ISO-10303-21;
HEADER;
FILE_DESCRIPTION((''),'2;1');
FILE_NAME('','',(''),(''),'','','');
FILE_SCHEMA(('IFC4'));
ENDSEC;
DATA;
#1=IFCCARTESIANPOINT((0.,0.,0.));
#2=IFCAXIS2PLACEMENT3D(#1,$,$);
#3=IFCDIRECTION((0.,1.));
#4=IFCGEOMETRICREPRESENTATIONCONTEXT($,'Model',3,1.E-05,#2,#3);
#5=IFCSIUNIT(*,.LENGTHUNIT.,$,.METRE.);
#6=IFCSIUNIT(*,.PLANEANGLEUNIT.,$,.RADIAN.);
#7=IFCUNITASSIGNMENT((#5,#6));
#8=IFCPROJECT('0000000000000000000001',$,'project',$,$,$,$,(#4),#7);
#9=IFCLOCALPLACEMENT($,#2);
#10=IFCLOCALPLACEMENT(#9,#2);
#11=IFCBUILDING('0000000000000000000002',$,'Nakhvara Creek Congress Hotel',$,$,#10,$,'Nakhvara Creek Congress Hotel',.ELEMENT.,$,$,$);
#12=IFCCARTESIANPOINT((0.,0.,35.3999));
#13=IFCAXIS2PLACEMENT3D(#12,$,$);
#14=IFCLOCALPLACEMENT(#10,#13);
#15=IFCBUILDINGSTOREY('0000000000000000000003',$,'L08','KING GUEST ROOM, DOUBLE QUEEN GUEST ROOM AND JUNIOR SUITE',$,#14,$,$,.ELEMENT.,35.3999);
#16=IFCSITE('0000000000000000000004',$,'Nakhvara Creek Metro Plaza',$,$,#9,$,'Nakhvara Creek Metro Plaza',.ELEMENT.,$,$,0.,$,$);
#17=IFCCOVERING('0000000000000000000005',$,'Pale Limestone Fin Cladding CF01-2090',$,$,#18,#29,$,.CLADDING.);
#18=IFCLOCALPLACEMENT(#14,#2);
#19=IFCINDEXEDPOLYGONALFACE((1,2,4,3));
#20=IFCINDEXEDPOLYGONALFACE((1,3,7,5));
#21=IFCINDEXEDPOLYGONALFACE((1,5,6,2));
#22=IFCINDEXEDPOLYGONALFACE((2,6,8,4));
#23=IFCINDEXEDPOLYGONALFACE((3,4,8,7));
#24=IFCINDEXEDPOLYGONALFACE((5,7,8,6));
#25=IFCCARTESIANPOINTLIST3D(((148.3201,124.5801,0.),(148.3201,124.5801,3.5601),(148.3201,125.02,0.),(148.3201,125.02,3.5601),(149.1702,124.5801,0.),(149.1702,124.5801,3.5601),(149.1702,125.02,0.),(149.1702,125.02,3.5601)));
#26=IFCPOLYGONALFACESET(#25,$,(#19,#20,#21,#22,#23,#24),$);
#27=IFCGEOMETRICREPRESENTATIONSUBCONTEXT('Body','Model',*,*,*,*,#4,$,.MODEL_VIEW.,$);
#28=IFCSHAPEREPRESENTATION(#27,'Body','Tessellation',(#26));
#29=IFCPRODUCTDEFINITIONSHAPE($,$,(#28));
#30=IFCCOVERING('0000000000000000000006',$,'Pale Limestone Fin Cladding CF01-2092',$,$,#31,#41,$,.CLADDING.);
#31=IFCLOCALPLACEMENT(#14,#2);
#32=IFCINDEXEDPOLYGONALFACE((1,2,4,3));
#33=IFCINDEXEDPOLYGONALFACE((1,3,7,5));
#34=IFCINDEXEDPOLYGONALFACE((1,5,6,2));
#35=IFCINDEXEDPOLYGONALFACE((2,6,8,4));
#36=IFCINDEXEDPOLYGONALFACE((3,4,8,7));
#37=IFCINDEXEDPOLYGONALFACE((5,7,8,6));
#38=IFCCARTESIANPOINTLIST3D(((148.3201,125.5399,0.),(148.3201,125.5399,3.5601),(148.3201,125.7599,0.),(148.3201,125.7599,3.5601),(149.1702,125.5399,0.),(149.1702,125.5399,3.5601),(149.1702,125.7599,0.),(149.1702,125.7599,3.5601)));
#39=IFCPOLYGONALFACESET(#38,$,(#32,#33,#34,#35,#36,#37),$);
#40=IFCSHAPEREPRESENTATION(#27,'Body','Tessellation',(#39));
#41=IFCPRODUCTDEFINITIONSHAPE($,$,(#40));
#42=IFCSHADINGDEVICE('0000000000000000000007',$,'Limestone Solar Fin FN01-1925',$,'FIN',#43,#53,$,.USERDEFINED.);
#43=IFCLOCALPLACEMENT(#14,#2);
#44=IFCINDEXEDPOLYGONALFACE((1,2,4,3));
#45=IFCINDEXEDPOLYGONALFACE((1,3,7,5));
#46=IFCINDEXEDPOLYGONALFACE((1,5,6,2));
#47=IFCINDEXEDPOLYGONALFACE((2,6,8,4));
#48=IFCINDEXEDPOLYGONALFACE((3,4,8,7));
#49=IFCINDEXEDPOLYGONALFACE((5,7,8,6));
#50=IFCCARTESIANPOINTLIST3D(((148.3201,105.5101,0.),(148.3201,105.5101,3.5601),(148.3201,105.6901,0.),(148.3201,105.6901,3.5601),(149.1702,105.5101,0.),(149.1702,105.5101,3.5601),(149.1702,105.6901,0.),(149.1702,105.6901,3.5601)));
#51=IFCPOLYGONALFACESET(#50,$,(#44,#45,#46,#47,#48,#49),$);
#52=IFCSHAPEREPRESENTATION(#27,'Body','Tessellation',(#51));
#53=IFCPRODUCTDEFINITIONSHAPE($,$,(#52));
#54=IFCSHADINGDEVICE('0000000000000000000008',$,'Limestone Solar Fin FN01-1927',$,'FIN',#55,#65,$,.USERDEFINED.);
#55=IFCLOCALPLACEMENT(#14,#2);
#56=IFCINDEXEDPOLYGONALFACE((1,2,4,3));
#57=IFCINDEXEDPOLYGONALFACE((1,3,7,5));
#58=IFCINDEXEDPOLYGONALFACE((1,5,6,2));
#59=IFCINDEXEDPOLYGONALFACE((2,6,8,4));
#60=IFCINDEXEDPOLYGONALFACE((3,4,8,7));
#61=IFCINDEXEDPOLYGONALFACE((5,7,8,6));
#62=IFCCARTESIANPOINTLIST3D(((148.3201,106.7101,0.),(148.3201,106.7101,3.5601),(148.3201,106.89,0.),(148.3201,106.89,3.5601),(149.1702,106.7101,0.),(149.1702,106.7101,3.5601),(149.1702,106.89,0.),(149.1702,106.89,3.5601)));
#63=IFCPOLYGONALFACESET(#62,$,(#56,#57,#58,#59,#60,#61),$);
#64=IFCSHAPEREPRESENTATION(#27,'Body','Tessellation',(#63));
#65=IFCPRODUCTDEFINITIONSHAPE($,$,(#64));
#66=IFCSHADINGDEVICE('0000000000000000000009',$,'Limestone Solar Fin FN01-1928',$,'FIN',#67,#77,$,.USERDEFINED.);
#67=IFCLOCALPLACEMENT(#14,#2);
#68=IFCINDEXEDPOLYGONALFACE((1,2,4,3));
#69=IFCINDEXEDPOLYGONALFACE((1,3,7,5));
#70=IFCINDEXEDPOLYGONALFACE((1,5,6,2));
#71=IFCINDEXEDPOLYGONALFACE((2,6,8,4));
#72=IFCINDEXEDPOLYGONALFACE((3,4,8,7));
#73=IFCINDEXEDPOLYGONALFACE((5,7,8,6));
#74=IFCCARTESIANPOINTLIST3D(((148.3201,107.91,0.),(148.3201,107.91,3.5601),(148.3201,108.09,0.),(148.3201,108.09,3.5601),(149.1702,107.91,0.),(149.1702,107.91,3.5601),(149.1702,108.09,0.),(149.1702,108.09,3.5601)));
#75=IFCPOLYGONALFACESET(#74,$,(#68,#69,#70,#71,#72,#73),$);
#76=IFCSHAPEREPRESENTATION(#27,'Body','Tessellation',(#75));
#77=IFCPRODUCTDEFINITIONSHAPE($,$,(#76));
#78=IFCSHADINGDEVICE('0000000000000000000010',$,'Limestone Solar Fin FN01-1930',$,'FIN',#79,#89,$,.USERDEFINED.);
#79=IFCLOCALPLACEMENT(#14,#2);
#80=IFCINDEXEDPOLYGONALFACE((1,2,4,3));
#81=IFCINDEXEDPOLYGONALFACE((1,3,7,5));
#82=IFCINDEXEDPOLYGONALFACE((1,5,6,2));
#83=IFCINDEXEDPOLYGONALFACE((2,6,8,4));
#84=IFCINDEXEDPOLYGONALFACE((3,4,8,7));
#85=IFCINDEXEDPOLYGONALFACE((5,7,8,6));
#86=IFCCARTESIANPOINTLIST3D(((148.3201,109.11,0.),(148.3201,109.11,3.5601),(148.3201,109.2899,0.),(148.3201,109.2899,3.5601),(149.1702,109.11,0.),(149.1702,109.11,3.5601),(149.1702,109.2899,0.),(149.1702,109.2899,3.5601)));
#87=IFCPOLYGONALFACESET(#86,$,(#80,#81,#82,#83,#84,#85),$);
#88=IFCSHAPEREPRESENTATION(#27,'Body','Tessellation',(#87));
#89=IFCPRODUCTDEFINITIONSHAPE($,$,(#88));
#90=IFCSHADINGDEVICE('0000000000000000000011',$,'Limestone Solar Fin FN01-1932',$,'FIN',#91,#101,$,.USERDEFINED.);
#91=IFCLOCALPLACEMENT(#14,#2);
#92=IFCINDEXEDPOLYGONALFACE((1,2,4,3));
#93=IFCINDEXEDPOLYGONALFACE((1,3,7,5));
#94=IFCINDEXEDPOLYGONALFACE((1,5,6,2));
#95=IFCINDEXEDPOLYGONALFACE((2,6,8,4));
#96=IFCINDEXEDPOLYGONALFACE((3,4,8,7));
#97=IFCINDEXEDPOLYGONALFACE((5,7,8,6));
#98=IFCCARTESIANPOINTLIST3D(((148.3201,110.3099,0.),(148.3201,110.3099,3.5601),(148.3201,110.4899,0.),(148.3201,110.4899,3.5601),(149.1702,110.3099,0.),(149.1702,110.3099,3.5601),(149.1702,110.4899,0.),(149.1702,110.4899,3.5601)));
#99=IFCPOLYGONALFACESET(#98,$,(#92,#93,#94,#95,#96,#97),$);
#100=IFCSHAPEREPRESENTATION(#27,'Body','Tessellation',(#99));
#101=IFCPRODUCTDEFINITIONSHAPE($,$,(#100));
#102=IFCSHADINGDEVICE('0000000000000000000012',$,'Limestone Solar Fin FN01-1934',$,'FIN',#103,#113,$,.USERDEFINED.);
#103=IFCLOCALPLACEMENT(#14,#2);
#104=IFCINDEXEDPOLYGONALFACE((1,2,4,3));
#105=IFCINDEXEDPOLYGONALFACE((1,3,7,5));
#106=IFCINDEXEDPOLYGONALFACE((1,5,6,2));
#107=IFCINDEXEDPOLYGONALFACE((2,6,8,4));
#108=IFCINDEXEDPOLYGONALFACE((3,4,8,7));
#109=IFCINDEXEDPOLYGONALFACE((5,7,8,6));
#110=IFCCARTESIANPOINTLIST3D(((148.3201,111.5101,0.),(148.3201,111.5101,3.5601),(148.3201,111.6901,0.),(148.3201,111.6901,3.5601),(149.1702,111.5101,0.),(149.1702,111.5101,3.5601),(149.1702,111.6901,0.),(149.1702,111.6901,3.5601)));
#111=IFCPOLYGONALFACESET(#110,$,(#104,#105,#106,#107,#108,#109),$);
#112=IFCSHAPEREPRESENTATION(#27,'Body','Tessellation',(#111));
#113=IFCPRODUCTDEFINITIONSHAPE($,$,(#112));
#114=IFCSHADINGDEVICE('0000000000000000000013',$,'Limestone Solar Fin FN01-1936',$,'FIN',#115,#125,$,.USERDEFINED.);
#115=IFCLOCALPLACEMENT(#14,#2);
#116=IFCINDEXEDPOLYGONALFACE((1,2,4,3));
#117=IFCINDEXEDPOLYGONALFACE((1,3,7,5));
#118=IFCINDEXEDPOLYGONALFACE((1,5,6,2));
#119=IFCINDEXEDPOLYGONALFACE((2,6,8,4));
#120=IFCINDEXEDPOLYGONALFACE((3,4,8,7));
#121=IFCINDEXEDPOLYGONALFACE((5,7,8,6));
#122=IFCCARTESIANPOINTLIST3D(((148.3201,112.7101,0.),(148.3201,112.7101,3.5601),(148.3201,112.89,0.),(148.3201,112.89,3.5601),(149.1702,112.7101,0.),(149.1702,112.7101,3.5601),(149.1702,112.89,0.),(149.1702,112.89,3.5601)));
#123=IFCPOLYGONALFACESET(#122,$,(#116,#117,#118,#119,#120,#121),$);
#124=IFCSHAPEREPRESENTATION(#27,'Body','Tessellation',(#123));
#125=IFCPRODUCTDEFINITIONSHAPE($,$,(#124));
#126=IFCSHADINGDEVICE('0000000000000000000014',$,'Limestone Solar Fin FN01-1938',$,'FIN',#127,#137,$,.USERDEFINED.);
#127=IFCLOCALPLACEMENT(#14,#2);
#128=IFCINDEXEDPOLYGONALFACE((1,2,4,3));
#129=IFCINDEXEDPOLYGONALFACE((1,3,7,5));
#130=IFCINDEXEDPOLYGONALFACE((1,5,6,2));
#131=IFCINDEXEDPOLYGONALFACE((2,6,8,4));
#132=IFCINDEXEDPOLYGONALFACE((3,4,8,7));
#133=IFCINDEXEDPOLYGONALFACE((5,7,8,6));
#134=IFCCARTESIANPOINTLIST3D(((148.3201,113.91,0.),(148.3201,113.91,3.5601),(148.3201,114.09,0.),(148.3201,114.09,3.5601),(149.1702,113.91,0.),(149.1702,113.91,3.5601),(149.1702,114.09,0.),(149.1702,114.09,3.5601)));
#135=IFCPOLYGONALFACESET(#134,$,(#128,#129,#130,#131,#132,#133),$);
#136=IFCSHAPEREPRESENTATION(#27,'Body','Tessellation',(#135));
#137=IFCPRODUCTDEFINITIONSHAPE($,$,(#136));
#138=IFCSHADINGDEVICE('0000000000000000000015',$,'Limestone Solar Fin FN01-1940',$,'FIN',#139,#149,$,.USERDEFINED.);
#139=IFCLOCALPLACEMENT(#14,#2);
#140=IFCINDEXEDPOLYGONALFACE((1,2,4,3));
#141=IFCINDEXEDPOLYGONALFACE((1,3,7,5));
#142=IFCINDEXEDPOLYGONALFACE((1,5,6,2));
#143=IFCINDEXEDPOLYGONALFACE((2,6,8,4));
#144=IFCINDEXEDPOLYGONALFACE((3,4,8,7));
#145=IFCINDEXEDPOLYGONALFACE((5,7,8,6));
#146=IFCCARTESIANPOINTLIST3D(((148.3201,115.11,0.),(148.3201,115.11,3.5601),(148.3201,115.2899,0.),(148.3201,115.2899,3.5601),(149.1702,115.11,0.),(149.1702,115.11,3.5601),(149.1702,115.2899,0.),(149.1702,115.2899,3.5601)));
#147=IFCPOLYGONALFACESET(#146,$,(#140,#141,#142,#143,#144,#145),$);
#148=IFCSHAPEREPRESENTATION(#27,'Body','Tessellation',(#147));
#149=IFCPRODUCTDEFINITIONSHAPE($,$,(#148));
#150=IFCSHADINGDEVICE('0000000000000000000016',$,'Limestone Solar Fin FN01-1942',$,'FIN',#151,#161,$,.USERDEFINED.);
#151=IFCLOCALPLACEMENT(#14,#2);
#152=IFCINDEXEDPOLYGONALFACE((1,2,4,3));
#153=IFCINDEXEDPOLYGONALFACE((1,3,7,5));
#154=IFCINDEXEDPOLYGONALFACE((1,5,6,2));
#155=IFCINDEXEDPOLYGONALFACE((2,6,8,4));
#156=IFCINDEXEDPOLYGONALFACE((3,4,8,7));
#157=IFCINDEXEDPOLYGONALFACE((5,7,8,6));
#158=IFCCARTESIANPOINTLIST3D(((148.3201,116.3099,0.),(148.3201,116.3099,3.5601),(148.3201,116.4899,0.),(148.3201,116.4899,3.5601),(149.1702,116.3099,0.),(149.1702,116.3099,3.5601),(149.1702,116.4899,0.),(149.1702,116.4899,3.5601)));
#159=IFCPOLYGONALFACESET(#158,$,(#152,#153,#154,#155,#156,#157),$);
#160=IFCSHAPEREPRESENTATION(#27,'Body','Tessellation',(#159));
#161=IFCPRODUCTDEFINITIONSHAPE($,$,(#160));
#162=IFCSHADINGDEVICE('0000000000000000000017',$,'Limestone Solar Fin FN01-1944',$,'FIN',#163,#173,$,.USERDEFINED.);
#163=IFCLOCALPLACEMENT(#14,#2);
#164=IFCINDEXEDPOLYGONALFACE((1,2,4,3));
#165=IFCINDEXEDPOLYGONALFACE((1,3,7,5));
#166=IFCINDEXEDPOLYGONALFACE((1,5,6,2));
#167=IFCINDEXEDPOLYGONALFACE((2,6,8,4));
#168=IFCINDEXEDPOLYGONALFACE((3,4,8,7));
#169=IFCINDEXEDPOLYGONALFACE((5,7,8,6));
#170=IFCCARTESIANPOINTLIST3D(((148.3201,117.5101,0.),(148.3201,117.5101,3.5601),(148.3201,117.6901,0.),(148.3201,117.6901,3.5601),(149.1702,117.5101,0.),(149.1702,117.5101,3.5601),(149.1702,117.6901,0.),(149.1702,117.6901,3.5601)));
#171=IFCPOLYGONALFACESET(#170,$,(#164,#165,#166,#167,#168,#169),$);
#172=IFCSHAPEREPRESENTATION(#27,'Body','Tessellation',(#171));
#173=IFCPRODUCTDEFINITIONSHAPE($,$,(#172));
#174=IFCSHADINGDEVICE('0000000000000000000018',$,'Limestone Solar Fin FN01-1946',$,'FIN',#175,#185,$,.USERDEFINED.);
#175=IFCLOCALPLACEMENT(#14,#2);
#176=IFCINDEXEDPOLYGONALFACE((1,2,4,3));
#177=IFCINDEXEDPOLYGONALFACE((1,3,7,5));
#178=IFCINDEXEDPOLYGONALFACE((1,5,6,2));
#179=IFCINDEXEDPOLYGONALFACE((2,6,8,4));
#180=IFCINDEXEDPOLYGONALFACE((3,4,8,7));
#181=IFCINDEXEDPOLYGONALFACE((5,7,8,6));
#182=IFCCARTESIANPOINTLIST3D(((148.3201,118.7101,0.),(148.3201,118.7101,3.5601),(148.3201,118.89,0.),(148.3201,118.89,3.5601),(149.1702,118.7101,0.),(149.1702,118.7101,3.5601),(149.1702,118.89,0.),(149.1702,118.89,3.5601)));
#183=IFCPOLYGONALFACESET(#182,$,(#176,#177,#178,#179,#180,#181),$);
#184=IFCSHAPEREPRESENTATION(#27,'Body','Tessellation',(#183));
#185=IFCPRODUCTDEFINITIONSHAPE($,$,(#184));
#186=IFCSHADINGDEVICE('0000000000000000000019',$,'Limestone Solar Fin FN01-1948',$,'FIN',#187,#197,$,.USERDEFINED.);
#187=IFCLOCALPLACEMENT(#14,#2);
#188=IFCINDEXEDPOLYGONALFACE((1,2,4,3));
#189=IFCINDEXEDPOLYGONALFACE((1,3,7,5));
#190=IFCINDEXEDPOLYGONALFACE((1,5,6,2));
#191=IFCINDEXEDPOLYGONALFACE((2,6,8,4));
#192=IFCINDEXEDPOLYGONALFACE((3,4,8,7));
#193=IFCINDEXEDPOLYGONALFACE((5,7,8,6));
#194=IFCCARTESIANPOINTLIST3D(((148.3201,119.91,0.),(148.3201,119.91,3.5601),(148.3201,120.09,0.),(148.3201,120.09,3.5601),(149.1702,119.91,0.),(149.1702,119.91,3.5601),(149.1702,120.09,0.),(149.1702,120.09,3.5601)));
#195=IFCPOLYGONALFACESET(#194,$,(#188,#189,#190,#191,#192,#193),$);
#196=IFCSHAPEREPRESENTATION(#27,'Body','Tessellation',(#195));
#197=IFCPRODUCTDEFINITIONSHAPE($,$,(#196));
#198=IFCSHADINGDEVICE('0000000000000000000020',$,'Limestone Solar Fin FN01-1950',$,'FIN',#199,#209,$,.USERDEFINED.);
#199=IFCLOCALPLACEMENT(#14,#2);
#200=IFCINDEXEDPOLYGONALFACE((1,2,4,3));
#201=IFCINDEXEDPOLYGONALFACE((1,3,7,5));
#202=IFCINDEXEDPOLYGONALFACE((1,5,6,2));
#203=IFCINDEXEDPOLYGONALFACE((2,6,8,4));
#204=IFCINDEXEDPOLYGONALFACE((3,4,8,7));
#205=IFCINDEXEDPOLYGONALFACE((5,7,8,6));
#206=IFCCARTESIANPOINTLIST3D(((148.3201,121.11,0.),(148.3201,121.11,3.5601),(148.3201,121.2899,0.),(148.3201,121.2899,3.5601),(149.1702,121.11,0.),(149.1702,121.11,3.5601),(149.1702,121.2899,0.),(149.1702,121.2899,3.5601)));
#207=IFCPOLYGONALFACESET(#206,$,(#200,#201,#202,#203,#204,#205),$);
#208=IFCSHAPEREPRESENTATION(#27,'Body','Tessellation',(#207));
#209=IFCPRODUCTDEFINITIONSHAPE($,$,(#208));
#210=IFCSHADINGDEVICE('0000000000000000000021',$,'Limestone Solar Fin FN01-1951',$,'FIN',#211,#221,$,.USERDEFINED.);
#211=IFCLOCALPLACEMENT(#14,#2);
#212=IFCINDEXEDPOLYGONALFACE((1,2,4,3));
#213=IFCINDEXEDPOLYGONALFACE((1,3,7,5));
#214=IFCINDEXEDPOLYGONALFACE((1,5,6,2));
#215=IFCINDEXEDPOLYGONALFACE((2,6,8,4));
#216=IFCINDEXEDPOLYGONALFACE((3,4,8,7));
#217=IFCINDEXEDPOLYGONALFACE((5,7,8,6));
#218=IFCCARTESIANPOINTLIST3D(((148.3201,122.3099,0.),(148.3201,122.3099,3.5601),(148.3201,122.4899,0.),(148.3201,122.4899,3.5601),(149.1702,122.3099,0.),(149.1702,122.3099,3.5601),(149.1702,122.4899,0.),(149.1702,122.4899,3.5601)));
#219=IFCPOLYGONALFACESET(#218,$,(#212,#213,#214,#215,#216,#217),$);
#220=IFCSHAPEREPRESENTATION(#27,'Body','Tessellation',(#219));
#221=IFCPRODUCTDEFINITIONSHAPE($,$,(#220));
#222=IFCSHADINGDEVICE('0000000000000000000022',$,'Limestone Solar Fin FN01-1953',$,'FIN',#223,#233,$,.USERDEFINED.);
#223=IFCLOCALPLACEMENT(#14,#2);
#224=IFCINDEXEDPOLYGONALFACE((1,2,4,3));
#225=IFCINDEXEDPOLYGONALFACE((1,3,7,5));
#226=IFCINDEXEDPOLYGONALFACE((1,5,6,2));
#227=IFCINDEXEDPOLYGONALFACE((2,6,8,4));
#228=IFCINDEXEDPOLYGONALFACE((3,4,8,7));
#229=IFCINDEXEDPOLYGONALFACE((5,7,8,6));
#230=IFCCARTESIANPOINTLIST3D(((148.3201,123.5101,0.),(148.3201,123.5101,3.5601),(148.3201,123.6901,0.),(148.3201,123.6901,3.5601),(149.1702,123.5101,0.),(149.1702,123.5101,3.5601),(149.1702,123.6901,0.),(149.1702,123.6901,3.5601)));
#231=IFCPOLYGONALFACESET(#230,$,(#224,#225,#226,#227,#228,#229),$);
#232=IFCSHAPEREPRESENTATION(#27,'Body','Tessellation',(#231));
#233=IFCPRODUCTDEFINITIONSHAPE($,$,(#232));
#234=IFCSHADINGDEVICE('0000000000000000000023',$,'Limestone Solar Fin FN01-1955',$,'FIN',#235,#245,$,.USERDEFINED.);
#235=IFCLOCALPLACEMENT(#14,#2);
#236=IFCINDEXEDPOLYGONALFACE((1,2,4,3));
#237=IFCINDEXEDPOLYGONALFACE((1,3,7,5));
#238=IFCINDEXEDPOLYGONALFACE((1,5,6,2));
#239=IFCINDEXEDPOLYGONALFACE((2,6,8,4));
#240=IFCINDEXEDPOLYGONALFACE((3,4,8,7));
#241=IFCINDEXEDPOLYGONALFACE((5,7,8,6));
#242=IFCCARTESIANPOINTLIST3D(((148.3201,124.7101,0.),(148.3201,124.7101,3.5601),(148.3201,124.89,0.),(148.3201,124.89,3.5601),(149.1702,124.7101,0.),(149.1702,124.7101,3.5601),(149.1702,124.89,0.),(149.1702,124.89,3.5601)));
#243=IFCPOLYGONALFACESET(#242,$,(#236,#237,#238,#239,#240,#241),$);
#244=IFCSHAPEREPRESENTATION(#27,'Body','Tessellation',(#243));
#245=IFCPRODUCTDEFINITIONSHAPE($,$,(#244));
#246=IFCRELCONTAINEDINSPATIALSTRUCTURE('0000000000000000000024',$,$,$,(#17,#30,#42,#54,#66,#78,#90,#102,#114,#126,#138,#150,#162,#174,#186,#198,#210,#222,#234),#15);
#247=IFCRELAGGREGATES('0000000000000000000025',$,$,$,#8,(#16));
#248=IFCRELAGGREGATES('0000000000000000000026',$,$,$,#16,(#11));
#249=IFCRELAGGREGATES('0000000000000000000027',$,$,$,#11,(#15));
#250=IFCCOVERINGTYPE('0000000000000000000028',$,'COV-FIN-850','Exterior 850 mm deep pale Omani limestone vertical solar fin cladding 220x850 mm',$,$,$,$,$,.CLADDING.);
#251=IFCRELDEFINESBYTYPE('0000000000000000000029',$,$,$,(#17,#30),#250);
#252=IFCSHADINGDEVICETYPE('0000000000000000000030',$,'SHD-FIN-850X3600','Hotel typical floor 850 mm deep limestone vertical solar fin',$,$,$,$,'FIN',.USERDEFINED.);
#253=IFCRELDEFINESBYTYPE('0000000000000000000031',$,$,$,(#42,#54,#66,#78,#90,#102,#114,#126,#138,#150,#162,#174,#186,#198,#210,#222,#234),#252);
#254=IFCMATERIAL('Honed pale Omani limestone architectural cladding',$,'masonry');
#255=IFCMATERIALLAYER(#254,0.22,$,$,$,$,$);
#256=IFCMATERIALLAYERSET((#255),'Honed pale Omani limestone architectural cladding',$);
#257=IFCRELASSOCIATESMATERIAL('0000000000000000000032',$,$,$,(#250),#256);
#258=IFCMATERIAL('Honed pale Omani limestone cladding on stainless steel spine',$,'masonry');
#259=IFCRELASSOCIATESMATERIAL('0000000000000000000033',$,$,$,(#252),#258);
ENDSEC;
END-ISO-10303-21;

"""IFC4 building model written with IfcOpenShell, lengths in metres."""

from ifc_helpers import new_model, si_unit, direction, frame, origin, origin_2d, place, context, subcontext, project, spatial, rectangle, extrude, material, layer, layer_set, type_object, element, save


model = new_model("IFC4")

# Units and contexts
model_context = context("Model", 3, precision=1e-05, world=origin(), true_north=direction((0.0, 1.0)))
body_context = subcontext(model_context, "Body", "Model", "MODEL_VIEW")
ifc_project = project(units=[si_unit("LENGTHUNIT", "METRE"), si_unit("PLANEANGLEUNIT", "RADIAN")], contexts=[model_context])

# Site, building, storey
site_placement = place(None, origin())
site = spatial("IfcSite", under=ifc_project, at=site_placement, Name="Nakhvara Creek Metro Plaza", LongName="Nakhvara Creek Metro Plaza", CompositionType="ELEMENT", RefElevation=0.0)
building_placement = place(site_placement, origin())
building = spatial("IfcBuilding", under=site, at=building_placement, Name="Nakhvara Creek Congress Hotel", LongName="Nakhvara Creek Congress Hotel", CompositionType="ELEMENT")
storey_placement = place(building_placement, frame((0.0, 0.0, 35.3999)))
storey = spatial("IfcBuildingStorey", under=building, at=storey_placement, Name="L08", Description="KING GUEST ROOM, DOUBLE QUEEN GUEST ROOM AND JUNIOR SUITE", CompositionType="ELEMENT", Elevation=35.3999)

# Coverings
ifc_material_1 = material(Name="Honed pale Omani limestone architectural cladding", Category="masonry")
ifc_layer = layer(ifc_material_1, 0.22)
ifc_layer_set = layer_set([ifc_layer], Name="Honed pale Omani limestone architectural cladding")
covering_type = type_object("IfcCoveringType", Name="COV-FIN-850", Description="Exterior 850 mm deep pale Omani limestone vertical solar fin cladding 220x850 mm", PredefinedType="CLADDING", material=ifc_layer_set)
covering_1_placement = place(storey_placement, frame((148.7451, 124.8, 0.0), z_axis=(0.0, 0.0, 1.0), x_axis=(0.0, 1.0, 0.0)))
element("IfcCovering", 1, at=covering_1_placement, inside=storey, type_object=covering_type, Name="Pale Limestone Fin Cladding CF01-2090", PredefinedType="CLADDING", context=body_context, shape_type="SweptSolid", body=[
    extrude(rectangle(XDim=0.4399, YDim=0.8501, at=origin_2d()), origin(), (0.0, 0.0, 1.0), 3.5601),
])
covering_2_placement = place(storey_placement, frame((148.7451, 125.6499, 0.0), z_axis=(0.0, 0.0, 1.0), x_axis=(0.0, 1.0, 0.0)))
element("IfcCovering", 2, at=covering_2_placement, inside=storey, type_object=covering_type, Name="Pale Limestone Fin Cladding CF01-2092", PredefinedType="CLADDING", context=body_context, shape_type="SweptSolid", body=[
    extrude(rectangle(XDim=0.22, YDim=0.8501, at=origin_2d()), origin(), (0.0, 0.0, 1.0), 3.5601),
])

# Shading devices
ifc_material_2 = material(Name="Honed pale Omani limestone cladding on stainless steel spine", Category="masonry")
shading_device_type = type_object("IfcShadingDeviceType", Name="SHD-FIN-850X3600", Description="Hotel typical floor 850 mm deep limestone vertical solar fin", ElementType="FIN", PredefinedType="USERDEFINED", material=ifc_material_2)
for number, where, z_axis, x_axis, name in (
    (3, (148.7451, 105.6001, 0.0), (0.0, 0.0, 1.0), (0.0, 1.0, 0.0), "Limestone Solar Fin FN01-1925"),
    (4, (148.7451, 106.8, 0.0), (0.0, 0.0, 1.0), (0.0, 1.0, 0.0), "Limestone Solar Fin FN01-1927"),
    (5, (148.7451, 108.0, 0.0), (0.0, 0.0, 1.0), (0.0, 1.0, 0.0), "Limestone Solar Fin FN01-1928"),
    (6, (148.7451, 109.2, 0.0), (0.0, 0.0, 1.0), (0.0, 1.0, 0.0), "Limestone Solar Fin FN01-1930"),
    (7, (148.7451, 110.3999, 0.0), (0.0, 0.0, 1.0), (0.0, 1.0, 0.0), "Limestone Solar Fin FN01-1932"),
    (8, (148.7451, 111.6001, 0.0), (0.0, 0.0, 1.0), (0.0, 1.0, 0.0), "Limestone Solar Fin FN01-1934"),
    (9, (148.7451, 112.8, 0.0), (0.0, 0.0, 1.0), (0.0, 1.0, 0.0), "Limestone Solar Fin FN01-1936"),
    (10, (148.7451, 114.0, 0.0), (0.0, 0.0, 1.0), (0.0, 1.0, 0.0), "Limestone Solar Fin FN01-1938"),
    (11, (148.7451, 115.2, 0.0), (0.0, 0.0, 1.0), (0.0, 1.0, 0.0), "Limestone Solar Fin FN01-1940"),
    (12, (148.7451, 116.3999, 0.0), (0.0, 0.0, 1.0), (0.0, 1.0, 0.0), "Limestone Solar Fin FN01-1942"),
    (13, (148.7451, 117.6001, 0.0), (0.0, 0.0, 1.0), (0.0, 1.0, 0.0), "Limestone Solar Fin FN01-1944"),
    (14, (148.7451, 118.8, 0.0), (0.0, 0.0, 1.0), (0.0, 1.0, 0.0), "Limestone Solar Fin FN01-1946"),
    (15, (148.7451, 120.0, 0.0), (0.0, 0.0, 1.0), (0.0, 1.0, 0.0), "Limestone Solar Fin FN01-1948"),
    (16, (148.7451, 121.2, 0.0), (0.0, 0.0, 1.0), (0.0, 1.0, 0.0), "Limestone Solar Fin FN01-1950"),
    (17, (148.7451, 122.3999, 0.0), (0.0, 0.0, 1.0), (0.0, 1.0, 0.0), "Limestone Solar Fin FN01-1951"),
    (18, (148.7451, 123.6001, 0.0), (0.0, 0.0, 1.0), (0.0, 1.0, 0.0), "Limestone Solar Fin FN01-1953"),
    (19, (148.7451, 124.8, 0.0), (0.0, 0.0, 1.0), (0.0, 1.0, 0.0), "Limestone Solar Fin FN01-1955"),
):
    element("IfcShadingDevice", number, at=place(storey_placement, frame(where, z_axis=z_axis, x_axis=x_axis)), inside=storey, type_object=shading_device_type, Name=name, ObjectType="FIN", PredefinedType="USERDEFINED", context=body_context, shape_type="SweptSolid", body=[
        extrude(rectangle(XDim=0.1799, YDim=0.8501, at=origin_2d()), origin(), (0.0, 0.0, 1.0), 3.5601),
    ])

save(model, "model.ifc")
